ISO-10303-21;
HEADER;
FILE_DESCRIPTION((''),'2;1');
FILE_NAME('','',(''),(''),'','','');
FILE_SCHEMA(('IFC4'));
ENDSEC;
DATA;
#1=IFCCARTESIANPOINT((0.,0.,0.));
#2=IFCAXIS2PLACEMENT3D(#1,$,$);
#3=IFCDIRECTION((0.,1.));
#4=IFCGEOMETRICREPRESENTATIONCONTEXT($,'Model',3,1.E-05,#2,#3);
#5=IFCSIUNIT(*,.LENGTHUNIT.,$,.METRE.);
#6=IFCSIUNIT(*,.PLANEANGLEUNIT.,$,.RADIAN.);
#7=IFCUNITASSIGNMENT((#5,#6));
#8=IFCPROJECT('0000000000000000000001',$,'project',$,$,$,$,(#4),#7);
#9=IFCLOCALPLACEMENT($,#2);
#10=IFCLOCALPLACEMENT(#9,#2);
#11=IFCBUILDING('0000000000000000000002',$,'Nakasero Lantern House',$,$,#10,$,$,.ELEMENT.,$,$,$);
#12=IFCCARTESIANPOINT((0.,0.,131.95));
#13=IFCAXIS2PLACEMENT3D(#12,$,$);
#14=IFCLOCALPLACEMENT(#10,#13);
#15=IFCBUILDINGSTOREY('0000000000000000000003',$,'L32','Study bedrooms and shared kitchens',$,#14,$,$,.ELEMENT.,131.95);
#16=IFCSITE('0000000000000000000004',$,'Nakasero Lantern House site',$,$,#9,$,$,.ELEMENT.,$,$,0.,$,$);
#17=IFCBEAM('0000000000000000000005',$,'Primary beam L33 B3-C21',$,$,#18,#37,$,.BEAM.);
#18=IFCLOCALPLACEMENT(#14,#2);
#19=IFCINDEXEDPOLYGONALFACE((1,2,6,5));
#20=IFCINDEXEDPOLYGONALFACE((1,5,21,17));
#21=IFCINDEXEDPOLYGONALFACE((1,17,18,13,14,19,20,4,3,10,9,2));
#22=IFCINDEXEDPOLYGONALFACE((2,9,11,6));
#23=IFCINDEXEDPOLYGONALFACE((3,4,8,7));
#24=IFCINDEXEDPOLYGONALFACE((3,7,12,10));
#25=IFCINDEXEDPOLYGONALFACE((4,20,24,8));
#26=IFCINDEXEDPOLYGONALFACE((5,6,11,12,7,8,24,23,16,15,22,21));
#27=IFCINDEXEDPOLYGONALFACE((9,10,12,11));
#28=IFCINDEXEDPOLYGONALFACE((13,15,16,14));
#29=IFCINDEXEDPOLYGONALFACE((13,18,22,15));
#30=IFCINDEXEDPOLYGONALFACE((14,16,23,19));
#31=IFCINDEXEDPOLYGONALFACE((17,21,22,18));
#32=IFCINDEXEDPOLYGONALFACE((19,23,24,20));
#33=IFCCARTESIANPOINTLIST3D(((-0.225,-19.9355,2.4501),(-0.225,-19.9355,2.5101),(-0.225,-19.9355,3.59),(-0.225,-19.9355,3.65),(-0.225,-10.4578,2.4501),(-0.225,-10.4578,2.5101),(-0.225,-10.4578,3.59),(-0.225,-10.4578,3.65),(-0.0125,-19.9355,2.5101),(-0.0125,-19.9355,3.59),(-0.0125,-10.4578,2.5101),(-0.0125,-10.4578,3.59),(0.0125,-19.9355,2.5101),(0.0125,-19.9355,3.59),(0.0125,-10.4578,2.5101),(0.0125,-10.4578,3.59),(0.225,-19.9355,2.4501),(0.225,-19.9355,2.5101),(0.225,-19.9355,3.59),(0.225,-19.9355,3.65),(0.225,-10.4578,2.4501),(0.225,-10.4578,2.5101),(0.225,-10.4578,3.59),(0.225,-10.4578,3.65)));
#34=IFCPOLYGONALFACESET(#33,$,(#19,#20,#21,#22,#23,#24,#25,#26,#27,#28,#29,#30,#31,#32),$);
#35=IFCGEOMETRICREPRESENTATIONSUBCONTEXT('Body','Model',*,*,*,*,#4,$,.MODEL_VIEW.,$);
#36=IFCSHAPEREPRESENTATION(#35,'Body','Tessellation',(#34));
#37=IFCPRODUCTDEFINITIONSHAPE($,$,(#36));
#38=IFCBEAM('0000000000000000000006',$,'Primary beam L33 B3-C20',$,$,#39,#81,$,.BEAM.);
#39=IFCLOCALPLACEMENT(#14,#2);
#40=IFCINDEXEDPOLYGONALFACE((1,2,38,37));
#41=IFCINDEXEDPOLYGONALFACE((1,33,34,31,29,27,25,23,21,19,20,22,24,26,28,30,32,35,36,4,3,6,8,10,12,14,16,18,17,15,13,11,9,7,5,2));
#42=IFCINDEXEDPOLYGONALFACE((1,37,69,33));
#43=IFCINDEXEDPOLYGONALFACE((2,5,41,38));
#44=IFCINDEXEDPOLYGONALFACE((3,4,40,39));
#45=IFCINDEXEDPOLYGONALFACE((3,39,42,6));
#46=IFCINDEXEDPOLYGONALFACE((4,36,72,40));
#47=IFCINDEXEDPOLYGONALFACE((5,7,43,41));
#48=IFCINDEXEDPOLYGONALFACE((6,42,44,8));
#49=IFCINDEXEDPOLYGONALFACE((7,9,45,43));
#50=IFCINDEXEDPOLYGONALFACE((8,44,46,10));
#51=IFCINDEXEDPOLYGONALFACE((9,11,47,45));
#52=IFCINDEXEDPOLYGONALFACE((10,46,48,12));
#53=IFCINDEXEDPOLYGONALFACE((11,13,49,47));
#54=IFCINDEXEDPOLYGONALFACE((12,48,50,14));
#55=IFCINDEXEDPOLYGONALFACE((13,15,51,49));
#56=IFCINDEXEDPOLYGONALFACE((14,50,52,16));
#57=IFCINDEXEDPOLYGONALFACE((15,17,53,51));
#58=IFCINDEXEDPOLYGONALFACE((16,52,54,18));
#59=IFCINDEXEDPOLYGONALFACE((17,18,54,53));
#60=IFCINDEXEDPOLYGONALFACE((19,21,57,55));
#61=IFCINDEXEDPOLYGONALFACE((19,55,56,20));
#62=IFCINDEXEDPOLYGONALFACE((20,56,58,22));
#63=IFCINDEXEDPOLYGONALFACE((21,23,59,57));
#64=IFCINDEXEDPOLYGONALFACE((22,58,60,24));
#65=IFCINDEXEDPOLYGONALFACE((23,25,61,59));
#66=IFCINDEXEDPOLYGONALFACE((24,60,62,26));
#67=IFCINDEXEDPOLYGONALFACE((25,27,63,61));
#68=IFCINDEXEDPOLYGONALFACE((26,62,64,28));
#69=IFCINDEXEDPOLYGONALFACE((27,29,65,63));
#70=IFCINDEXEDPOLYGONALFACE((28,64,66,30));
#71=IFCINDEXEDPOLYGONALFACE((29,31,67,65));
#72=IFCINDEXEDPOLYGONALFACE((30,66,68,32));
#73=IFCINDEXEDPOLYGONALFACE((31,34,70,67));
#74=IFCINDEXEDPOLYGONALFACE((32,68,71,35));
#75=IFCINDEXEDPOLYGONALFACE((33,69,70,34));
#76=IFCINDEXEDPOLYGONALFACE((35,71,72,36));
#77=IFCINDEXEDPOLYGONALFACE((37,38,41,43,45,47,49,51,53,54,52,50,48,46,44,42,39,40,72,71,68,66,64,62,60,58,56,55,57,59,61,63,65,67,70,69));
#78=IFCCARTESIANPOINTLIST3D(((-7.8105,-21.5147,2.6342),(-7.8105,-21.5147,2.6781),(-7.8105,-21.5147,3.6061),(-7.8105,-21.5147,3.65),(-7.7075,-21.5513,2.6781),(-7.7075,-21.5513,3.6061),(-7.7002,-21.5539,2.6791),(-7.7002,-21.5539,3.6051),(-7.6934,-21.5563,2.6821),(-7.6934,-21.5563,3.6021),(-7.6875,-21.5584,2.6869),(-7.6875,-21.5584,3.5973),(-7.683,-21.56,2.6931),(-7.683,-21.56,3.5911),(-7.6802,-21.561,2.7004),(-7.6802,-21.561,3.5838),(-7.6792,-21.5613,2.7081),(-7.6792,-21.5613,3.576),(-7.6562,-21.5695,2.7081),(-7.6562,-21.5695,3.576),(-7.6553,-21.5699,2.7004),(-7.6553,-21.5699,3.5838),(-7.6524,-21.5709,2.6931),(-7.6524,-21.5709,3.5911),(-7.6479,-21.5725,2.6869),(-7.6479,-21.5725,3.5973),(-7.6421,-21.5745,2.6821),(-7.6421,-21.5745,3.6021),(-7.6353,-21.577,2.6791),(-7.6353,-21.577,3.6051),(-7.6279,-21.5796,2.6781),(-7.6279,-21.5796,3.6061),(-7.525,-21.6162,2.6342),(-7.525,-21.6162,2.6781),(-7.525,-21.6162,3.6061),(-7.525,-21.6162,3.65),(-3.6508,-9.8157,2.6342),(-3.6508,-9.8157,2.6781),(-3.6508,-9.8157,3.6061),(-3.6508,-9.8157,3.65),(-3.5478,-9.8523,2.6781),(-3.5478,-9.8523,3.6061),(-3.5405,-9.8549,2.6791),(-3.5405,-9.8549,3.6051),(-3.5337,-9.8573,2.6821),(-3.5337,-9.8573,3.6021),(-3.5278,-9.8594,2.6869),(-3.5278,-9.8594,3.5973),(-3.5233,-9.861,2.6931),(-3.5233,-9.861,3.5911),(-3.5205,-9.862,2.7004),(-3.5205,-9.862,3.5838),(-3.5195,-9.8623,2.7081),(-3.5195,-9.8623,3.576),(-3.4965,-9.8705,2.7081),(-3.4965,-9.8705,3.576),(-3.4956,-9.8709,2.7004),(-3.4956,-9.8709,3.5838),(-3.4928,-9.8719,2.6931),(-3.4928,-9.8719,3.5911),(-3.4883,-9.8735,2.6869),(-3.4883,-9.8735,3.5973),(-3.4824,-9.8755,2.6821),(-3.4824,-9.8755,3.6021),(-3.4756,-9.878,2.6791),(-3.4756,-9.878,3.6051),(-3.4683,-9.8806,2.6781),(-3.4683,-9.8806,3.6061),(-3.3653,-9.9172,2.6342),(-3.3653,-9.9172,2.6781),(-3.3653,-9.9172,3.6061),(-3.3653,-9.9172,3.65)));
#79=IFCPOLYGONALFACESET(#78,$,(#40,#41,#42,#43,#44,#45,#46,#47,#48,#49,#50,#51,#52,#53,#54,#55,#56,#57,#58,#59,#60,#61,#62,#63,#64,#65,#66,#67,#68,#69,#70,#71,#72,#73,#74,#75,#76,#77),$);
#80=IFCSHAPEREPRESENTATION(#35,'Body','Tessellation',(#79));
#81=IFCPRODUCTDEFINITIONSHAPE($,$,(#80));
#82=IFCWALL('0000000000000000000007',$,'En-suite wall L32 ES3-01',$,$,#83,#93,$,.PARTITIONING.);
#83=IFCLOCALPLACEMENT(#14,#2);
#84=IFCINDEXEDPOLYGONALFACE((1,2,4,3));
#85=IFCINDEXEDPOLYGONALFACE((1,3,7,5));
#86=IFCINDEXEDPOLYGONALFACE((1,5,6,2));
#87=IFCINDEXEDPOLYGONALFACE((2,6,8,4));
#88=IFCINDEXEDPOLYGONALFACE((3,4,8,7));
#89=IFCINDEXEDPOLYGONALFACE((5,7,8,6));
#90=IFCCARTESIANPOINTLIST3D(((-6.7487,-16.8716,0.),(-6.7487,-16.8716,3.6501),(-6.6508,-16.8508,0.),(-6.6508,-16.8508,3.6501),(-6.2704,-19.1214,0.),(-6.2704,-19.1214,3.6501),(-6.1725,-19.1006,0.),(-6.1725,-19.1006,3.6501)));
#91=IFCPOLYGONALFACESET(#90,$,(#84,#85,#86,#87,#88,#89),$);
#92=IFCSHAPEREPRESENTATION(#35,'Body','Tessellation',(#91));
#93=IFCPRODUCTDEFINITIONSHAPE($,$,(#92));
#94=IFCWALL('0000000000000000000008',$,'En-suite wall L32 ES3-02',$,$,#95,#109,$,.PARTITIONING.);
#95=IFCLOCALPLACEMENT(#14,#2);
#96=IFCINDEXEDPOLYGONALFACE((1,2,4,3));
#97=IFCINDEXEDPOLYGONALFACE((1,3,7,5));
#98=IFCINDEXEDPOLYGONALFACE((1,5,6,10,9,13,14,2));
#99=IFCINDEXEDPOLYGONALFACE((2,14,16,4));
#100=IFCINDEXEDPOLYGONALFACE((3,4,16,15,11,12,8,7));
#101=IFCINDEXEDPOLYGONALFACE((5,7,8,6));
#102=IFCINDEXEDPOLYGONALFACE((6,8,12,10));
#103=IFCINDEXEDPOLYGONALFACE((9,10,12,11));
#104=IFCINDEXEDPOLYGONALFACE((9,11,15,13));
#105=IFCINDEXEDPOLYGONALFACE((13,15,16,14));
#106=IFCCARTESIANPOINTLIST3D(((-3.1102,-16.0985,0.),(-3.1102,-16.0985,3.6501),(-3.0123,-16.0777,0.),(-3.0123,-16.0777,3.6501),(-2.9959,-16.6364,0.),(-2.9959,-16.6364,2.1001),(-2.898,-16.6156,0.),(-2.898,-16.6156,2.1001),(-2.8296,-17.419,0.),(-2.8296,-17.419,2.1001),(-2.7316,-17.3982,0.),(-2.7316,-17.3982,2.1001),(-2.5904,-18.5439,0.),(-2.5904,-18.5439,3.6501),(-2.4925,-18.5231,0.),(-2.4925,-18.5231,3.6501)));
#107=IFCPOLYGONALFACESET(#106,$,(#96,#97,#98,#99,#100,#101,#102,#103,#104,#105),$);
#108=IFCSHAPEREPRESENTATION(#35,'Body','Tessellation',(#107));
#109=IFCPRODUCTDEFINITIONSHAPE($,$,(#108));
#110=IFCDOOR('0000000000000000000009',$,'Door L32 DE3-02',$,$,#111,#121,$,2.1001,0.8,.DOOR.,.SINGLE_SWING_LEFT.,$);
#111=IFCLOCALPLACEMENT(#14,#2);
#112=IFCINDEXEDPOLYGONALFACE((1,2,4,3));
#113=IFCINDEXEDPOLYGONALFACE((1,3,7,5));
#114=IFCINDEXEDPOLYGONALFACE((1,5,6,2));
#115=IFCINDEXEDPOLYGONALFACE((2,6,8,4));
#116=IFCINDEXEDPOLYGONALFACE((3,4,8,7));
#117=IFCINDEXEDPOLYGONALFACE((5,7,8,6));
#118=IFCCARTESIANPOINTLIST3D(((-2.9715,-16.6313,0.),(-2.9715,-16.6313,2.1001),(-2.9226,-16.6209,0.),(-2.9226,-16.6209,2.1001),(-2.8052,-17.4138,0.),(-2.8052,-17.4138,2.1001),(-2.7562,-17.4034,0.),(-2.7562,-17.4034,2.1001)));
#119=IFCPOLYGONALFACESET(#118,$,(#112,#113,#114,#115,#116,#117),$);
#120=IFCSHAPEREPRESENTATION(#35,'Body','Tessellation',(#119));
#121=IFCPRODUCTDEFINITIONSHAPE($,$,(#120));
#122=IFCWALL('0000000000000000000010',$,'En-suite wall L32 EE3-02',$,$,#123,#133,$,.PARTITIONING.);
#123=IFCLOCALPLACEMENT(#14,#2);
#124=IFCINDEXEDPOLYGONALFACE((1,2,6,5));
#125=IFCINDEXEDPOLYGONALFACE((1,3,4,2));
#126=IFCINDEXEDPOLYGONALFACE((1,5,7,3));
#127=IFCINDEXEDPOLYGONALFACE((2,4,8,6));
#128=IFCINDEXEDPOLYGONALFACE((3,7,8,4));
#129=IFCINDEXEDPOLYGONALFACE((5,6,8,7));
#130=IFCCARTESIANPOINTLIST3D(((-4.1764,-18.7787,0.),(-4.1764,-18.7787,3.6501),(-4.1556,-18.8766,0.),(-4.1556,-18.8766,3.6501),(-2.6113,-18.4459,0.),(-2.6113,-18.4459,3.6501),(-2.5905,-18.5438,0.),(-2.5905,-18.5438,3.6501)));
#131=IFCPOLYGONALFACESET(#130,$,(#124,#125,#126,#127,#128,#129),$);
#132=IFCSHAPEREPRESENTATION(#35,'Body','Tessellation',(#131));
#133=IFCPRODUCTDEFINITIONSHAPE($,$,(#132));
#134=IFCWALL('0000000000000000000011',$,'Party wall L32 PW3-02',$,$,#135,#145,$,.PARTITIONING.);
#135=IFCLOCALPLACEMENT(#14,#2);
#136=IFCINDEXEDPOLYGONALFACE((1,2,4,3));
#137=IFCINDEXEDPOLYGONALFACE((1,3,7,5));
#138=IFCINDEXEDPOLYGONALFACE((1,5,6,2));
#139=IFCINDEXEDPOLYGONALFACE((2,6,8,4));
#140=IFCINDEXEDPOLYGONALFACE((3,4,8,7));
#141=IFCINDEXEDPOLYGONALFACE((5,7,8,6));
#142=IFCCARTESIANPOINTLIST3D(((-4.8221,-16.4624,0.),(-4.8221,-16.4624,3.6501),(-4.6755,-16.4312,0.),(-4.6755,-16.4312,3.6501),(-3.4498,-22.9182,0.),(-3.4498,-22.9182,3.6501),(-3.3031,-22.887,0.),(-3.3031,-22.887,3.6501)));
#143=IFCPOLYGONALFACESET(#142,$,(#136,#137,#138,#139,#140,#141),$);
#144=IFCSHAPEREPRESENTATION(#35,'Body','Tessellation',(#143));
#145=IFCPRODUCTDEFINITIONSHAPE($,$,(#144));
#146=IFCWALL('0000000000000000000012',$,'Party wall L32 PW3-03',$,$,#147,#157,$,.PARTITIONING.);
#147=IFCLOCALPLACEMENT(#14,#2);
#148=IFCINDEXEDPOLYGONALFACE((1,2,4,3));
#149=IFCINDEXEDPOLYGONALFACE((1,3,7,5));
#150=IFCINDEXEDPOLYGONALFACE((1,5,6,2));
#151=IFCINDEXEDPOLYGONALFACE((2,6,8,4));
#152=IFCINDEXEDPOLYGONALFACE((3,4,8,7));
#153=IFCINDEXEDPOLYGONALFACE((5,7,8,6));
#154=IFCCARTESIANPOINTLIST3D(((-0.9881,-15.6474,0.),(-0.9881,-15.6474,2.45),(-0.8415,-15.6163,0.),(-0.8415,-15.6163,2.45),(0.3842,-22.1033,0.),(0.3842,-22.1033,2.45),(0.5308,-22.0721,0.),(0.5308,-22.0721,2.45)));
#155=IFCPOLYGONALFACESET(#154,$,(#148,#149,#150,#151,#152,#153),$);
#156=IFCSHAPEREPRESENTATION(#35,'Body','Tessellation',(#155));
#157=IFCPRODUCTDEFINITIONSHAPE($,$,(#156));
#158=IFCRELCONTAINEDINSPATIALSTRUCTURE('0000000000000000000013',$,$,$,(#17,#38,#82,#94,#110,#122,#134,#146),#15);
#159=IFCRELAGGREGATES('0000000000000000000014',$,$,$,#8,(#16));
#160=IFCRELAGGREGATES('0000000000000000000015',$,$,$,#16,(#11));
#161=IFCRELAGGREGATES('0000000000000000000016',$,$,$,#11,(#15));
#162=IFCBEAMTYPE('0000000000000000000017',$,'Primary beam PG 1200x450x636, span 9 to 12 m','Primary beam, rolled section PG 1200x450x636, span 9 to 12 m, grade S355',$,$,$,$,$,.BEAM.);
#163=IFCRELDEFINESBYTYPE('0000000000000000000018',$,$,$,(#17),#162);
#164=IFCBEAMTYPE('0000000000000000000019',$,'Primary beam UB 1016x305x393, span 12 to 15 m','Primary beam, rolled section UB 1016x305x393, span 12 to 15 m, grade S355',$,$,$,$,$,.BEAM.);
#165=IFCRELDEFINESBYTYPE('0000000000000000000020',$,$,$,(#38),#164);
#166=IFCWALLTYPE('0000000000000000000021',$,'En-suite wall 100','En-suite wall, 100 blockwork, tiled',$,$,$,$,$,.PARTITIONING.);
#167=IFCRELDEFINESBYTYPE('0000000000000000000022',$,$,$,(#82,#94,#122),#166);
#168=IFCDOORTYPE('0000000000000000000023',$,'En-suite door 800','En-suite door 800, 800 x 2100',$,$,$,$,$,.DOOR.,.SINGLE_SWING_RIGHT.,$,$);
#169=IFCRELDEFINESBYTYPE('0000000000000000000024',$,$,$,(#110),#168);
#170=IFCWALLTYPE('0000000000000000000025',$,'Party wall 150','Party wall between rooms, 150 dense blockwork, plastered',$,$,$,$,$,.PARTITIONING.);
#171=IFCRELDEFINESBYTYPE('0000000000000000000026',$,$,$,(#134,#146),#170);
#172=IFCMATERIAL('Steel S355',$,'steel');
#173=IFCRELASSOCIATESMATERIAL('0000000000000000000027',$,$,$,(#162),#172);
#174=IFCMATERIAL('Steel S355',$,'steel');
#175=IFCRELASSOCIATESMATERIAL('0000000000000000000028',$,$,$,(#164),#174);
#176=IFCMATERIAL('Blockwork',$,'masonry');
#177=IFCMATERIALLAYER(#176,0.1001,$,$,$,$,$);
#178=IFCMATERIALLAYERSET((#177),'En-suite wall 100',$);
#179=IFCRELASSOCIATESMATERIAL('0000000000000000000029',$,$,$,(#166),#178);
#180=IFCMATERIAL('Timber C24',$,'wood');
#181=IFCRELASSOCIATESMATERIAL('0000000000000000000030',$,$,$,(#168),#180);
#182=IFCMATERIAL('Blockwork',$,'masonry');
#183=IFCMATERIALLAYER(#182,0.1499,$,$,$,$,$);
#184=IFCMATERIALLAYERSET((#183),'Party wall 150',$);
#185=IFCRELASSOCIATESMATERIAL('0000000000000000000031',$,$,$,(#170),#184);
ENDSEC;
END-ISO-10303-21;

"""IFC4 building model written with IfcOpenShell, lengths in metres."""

from ifc_helpers import new_model, si_unit, direction, frame, frame_2d, origin, origin_2d, place, context, subcontext, project, spatial, rectangle, i_section, extrude, material, layer, layer_set, material_profile, profile_set, type_object, element, fill, save


model = new_model("IFC4")

# Units and contexts
model_context = context("Model", 3, precision=1e-05, world=origin(), true_north=direction((0.0, 1.0)))
body_context = subcontext(model_context, "Body", "Model", "MODEL_VIEW")
ifc_project = project(units=[si_unit("LENGTHUNIT", "METRE"), si_unit("PLANEANGLEUNIT", "RADIAN")], contexts=[model_context])

# Site, building, storey
site_placement = place(None, origin())
site = spatial("IfcSite", under=ifc_project, at=site_placement, Name="Nakasero Lantern House site", CompositionType="ELEMENT", RefElevation=0.0)
building_placement = place(site_placement, origin())
building = spatial("IfcBuilding", under=site, at=building_placement, Name="Nakasero Lantern House", CompositionType="ELEMENT")
storey_placement = place(building_placement, frame((0.0, 0.0, 131.95)))
storey = spatial("IfcBuildingStorey", under=building, at=storey_placement, Name="L32", Description="Study bedrooms and shared kitchens", CompositionType="ELEMENT", Elevation=131.95)

# Beams
ifc_material_1 = material(Name="Steel S355", Category="steel")
ifc_material_profile_1 = material_profile(ifc_material_1, i_section(OverallWidth=0.45, OverallDepth=1.2, WebThickness=0.0249, FlangeThickness=0.0601, at=origin_2d()), Name="PG 1200x450x636")
ifc_profile_set_1 = profile_set([ifc_material_profile_1], Name="Steel S355")
beam_type_1 = type_object("IfcBeamType", Name="Primary beam PG 1200x450x636, span 9 to 12 m", Description="Primary beam, rolled section PG 1200x450x636, span 9 to 12 m, grade S355", PredefinedType="BEAM", material=ifc_profile_set_1)
beam_1_placement = place(storey_placement, frame((0.0, -19.9355, 3.05), z_axis=(0.0, 1.0, 0.0), x_axis=(-1.0, 0.0, 0.0)))
element("IfcBeam", 1, at=beam_1_placement, inside=storey, type_object=beam_type_1, Name="Primary beam L33 B3-C21", PredefinedType="BEAM", context=body_context, shape_type="SweptSolid", body=[
    extrude(i_section(OverallWidth=0.45, OverallDepth=1.2, WebThickness=0.0249, FlangeThickness=0.0601, at=origin_2d()), origin(), (0.0, 0.0, 1.0), 9.4778),
])
ifc_material_2 = material(Name="Steel S355", Category="steel")
ifc_material_profile_2 = material_profile(ifc_material_2, i_section(OverallWidth=0.303, OverallDepth=1.0159, WebThickness=0.0244, FlangeThickness=0.0439, FilletRadius=0.03, at=origin_2d()), Name="UB 1016x305x393")
ifc_profile_set_2 = profile_set([ifc_material_profile_2], Name="Steel S355")
beam_type_2 = type_object("IfcBeamType", Name="Primary beam UB 1016x305x393, span 12 to 15 m", Description="Primary beam, rolled section UB 1016x305x393, span 12 to 15 m, grade S355", PredefinedType="BEAM", material=ifc_profile_set_2)
beam_2_placement = place(storey_placement, frame((-7.6677, -21.5654, 3.1421), z_axis=(0.335012, 0.942214, 0.0), x_axis=(-0.942214, 0.335012, 0.0)))
element("IfcBeam", 2, at=beam_2_placement, inside=storey, type_object=beam_type_2, Name="Primary beam L33 B3-C20", PredefinedType="BEAM", context=body_context, shape_type="SweptSolid", body=[
    extrude(i_section(OverallWidth=0.303, OverallDepth=1.0159, WebThickness=0.0244, FlangeThickness=0.0439, FilletRadius=0.03, at=origin_2d()), origin(), (0.0, 0.0, 1.0), 12.4165),
])

# Wall
ifc_material_3 = material(Name="Blockwork", Category="masonry")
ifc_layer_1 = layer(ifc_material_3, 0.1001)
ifc_layer_set_1 = layer_set([ifc_layer_1], Name="En-suite wall 100")
wall_type_1 = type_object("IfcWallType", Name="En-suite wall 100", Description="En-suite wall, 100 blockwork, tiled", PredefinedType="PARTITIONING", material=ifc_layer_set_1)
wall_1_placement = place(storey_placement, frame((-6.6997, -16.8613, 0.0), z_axis=(0.0, 0.0, 1.0), x_axis=(0.207941, -0.978141, 0.0)))
element("IfcWall", 3, at=wall_1_placement, inside=storey, type_object=wall_type_1, Name="En-suite wall L32 ES3-01", PredefinedType="PARTITIONING", context=body_context, shape_type="SweptSolid", body=[
    extrude(rectangle(XDim=2.3, YDim=0.1001, at=frame_2d((1.1499, 0.0))), origin(), (0.0, 0.0, 1.0), 3.6501),
])

# Wall, opening, door
wall_2_placement = place(storey_placement, frame((-3.0613, -16.0881, 0.0), z_axis=(0.0, 0.0, 1.0), x_axis=(0.207915, -0.978147, 0.0)))
wall_2 = element("IfcWall", 4, at=wall_2_placement, inside=storey, type_object=wall_type_1, Name="En-suite wall L32 ES3-02", PredefinedType="PARTITIONING", context=body_context, shape_type="SweptSolid", body=[
    extrude(rectangle(XDim=2.5, YDim=0.1001, at=frame_2d((1.25, 0.0))), origin(), (0.0, 0.0, 1.0), 3.6501),
])
opening_placement = place(wall_2_placement, frame((0.55, 0.0, 0.0)))
opening = element("IfcOpeningElement", 5, at=opening_placement, cuts=wall_2, PredefinedType="OPENING", context=body_context, shape_type="SweptSolid", body=[
    extrude(rectangle(XDim=0.8, YDim=2.1001, at=frame_2d((0.3999, 1.05))), frame((0.0, 0.0701, 0.0), z_axis=(0.0, -1.0, 0.0), x_axis=(1.0, 0.0, 0.0)), (0.0, 0.0, 1.0), 0.1401),
])
ifc_material_4 = material(Name="Timber C24", Category="wood")
door_type = type_object("IfcDoorType", Name="En-suite door 800", Description="En-suite door 800, 800 x 2100", OperationType="SINGLE_SWING_RIGHT", PredefinedType="DOOR", material=ifc_material_4)
door_placement = place(opening_placement, origin())
door = element("IfcDoor", 6, at=door_placement, inside=storey, type_object=door_type, Name="Door L32 DE3-02", OperationType="SINGLE_SWING_LEFT", OverallHeight=2.1001, OverallWidth=0.8, PredefinedType="DOOR", context=body_context, shape_type="SweptSolid", body=[
    extrude(rectangle(XDim=0.8, YDim=2.1001, at=frame_2d((0.3999, 1.05))), frame((0.0, 0.0249, 0.0), z_axis=(0.0, -1.0, 0.0), x_axis=(1.0, 0.0, 0.0)), (0.0, 0.0, 1.0), 0.05),
])
fill(opening, door)

# Walls
wall_3_placement = place(storey_placement, frame((-4.166, -18.8276, 0.0), z_axis=(0.0, 0.0, 1.0), x_axis=(0.978138, 0.207955, 0.0)))
element("IfcWall", 7, at=wall_3_placement, inside=storey, type_object=wall_type_1, Name="En-suite wall L32 EE3-02", PredefinedType="PARTITIONING", context=body_context, shape_type="SweptSolid", body=[
    extrude(rectangle(XDim=1.6001, YDim=0.1001, at=frame_2d((0.8, 0.0))), origin(), (0.0, 0.0, 1.0), 3.6501),
])
ifc_material_5 = material(Name="Blockwork", Category="masonry")
ifc_layer_2 = layer(ifc_material_5, 0.1499)
ifc_layer_set_2 = layer_set([ifc_layer_2], Name="Party wall 150")
wall_type_2 = type_object("IfcWallType", Name="Party wall 150", Description="Party wall between rooms, 150 dense blockwork, plastered", PredefinedType="PARTITIONING", material=ifc_layer_set_2)
wall_4_placement = place(storey_placement, frame((-4.7488, -16.4468, 0.0), z_axis=(0.0, 0.0, 1.0), x_axis=(0.207925, -0.978145, 0.0)))
element("IfcWall", 8, at=wall_4_placement, inside=storey, type_object=wall_type_2, Name="Party wall L32 PW3-02", PredefinedType="PARTITIONING", context=body_context, shape_type="SweptSolid", body=[
    extrude(rectangle(XDim=6.6001, YDim=0.1499, at=frame_2d((3.3, 0.0))), origin(), (0.0, 0.0, 1.0), 3.6501),
])
wall_5_placement = place(storey_placement, frame((-0.9148, -15.6318, 0.0), z_axis=(0.0, 0.0, 1.0), x_axis=(0.207925, -0.978145, 0.0)))
element("IfcWall", 9, at=wall_5_placement, inside=storey, type_object=wall_type_2, Name="Party wall L32 PW3-03", PredefinedType="PARTITIONING", context=body_context, shape_type="SweptSolid", body=[
    extrude(rectangle(XDim=6.6001, YDim=0.1499, at=frame_2d((3.3, 0.0))), origin(), (0.0, 0.0, 1.0), 2.45),
])

save(model, "model.ifc")
